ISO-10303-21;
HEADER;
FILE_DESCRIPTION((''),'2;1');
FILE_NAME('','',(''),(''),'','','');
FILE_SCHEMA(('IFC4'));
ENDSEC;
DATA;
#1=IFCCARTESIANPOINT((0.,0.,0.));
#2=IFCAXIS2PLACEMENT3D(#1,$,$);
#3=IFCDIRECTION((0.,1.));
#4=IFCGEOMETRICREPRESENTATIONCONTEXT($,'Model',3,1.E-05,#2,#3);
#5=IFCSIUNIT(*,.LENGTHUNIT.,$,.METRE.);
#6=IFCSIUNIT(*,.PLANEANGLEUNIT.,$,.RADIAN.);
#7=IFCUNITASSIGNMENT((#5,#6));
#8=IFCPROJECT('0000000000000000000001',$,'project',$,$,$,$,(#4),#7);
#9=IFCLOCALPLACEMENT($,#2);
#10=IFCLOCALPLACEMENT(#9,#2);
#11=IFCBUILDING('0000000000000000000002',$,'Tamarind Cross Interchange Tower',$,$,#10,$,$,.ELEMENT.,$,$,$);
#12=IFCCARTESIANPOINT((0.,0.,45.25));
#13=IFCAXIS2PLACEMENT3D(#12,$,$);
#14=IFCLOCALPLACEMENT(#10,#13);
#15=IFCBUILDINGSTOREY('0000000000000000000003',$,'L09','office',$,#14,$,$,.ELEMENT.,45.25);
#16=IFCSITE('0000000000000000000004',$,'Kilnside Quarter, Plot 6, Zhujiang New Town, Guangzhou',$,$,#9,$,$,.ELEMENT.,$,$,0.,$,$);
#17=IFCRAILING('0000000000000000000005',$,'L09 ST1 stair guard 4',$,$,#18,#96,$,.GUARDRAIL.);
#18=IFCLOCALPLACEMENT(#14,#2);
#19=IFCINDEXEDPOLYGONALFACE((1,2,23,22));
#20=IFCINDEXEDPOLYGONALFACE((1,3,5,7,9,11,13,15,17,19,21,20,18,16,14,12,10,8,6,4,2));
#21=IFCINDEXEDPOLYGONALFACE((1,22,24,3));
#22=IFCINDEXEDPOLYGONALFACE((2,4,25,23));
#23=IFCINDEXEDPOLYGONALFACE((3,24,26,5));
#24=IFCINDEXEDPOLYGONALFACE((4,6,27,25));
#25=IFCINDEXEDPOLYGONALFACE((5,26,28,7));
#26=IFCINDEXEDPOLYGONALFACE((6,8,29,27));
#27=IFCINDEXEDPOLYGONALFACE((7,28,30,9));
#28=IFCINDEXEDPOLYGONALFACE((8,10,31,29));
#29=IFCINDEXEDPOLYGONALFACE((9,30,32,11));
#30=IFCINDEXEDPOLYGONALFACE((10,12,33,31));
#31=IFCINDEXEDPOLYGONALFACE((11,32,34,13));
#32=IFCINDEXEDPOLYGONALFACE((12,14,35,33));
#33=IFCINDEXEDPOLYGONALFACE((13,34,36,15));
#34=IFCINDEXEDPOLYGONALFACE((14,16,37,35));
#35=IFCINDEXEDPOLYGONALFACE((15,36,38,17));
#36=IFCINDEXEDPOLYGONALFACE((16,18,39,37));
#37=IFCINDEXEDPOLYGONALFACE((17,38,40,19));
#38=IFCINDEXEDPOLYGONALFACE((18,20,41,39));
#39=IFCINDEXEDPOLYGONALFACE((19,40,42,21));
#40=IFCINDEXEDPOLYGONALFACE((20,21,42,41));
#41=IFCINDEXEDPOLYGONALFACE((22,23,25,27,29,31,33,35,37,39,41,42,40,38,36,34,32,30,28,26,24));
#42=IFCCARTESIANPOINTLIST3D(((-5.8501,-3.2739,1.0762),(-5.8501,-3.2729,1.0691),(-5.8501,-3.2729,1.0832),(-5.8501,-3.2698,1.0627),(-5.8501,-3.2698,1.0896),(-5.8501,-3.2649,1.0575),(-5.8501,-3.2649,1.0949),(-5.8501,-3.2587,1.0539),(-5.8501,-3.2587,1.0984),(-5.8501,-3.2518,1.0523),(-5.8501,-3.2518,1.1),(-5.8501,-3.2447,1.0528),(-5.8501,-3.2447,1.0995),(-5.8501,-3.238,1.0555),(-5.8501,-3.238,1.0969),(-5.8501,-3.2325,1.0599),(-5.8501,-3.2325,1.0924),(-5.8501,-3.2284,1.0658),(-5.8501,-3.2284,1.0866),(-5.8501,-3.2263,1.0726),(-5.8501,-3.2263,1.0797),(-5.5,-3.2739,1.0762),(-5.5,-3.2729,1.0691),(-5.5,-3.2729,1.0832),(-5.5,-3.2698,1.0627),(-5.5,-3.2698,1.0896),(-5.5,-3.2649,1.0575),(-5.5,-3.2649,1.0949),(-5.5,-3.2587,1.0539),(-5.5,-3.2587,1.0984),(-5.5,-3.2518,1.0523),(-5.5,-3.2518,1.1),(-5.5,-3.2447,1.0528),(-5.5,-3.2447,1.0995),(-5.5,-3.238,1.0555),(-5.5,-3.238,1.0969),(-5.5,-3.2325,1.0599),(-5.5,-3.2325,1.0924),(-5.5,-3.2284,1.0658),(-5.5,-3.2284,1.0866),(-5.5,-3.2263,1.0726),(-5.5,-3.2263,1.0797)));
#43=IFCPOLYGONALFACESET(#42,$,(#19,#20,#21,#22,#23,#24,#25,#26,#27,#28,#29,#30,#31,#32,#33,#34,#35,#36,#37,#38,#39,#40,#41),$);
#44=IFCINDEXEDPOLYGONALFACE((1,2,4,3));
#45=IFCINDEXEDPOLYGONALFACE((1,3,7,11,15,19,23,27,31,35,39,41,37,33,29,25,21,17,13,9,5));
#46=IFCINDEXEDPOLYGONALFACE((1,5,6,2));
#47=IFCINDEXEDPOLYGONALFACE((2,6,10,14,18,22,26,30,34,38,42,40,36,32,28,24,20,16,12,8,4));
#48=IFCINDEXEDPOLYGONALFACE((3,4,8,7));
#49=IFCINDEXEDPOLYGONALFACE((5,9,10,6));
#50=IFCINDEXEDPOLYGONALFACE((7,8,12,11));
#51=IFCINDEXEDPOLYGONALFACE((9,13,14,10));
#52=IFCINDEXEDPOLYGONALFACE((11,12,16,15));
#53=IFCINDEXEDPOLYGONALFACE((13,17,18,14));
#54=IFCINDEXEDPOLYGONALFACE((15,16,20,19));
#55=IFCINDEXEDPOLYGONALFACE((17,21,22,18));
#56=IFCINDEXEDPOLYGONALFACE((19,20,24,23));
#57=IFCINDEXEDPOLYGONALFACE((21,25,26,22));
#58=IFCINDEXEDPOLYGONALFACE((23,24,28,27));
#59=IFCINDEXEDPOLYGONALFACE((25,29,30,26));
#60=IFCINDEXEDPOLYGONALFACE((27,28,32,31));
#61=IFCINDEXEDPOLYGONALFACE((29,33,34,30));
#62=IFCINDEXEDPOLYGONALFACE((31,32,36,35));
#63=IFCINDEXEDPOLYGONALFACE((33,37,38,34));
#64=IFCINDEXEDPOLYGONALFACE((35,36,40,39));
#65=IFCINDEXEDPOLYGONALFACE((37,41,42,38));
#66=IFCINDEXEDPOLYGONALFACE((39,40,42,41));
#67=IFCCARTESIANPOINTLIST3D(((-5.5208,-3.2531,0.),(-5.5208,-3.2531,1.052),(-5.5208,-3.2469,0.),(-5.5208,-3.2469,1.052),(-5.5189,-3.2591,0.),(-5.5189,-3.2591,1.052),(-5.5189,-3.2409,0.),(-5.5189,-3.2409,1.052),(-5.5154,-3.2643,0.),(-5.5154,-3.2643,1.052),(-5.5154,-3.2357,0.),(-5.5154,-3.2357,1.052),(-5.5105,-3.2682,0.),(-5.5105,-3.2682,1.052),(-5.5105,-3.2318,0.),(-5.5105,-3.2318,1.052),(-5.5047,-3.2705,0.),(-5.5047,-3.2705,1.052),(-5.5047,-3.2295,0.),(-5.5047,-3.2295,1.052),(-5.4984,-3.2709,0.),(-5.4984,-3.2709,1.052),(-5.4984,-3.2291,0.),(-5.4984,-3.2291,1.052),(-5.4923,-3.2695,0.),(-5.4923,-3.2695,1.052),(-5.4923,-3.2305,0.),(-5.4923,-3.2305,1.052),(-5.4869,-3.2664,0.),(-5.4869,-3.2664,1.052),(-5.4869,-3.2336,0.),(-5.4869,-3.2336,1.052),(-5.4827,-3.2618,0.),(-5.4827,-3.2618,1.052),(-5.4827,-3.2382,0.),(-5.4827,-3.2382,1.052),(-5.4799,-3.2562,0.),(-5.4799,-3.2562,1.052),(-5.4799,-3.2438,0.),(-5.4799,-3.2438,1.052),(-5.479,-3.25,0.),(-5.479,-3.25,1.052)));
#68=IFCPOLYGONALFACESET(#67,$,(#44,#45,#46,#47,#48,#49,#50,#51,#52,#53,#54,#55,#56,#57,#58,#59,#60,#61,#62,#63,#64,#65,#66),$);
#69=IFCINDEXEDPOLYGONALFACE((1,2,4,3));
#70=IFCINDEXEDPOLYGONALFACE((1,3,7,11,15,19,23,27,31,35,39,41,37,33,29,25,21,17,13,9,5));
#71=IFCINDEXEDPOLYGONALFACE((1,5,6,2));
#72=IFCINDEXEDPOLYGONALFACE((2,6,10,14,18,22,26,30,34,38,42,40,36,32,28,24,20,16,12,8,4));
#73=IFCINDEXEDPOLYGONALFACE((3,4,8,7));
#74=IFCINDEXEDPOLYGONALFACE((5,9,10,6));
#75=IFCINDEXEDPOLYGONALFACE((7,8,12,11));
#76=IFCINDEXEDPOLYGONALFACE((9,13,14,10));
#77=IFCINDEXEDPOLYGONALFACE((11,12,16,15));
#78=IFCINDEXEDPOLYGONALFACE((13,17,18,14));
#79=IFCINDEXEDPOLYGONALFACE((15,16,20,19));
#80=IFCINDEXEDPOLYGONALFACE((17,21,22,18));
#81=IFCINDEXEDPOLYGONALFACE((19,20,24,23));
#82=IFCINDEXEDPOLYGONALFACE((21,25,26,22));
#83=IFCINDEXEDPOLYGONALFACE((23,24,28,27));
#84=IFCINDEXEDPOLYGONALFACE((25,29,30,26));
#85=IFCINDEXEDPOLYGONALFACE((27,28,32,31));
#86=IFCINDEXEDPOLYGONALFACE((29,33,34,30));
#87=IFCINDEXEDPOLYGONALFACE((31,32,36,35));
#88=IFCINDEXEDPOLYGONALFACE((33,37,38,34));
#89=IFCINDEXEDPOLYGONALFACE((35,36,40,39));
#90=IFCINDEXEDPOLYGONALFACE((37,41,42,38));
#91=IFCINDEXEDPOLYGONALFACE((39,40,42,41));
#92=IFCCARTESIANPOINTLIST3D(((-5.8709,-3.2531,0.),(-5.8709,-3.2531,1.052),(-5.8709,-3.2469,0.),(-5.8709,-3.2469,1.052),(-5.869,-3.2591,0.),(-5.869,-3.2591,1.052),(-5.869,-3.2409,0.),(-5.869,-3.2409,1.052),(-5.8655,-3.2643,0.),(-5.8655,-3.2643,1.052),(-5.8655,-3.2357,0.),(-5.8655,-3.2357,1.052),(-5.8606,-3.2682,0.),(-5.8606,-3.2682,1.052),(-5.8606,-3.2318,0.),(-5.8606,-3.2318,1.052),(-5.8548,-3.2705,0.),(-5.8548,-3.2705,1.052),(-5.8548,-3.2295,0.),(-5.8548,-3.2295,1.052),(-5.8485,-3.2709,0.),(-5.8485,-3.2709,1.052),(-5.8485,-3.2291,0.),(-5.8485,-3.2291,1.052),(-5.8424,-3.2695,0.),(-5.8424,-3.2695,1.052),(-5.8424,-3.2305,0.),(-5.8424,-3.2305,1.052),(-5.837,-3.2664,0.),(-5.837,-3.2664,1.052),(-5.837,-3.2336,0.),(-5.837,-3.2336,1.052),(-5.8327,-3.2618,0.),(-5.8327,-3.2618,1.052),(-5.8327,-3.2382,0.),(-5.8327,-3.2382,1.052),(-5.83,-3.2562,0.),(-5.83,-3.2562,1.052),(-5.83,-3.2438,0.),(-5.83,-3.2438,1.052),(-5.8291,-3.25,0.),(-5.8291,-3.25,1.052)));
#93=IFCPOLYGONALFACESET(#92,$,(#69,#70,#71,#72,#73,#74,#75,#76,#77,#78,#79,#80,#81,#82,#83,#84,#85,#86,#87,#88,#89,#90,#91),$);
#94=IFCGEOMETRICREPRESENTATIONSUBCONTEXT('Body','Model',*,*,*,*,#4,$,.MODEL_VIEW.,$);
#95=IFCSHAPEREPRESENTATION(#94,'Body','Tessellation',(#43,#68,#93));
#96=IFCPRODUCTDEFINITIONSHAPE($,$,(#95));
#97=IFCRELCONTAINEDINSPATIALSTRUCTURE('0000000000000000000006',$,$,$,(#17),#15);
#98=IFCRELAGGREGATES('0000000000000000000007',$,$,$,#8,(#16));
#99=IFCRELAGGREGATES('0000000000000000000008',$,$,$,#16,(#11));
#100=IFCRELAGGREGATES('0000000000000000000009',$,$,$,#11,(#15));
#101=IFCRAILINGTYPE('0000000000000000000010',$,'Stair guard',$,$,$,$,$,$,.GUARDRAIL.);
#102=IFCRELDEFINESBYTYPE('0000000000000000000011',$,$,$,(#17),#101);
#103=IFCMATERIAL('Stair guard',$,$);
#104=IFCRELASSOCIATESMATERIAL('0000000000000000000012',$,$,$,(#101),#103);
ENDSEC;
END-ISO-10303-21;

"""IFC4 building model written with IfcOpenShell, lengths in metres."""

from ifc_helpers import new_model, si_unit, direction, frame, origin, origin_2d, place, context, subcontext, project, spatial, circle, extrude, material, type_object, element, save


model = new_model("IFC4")

# Units and contexts
model_context = context("Model", 3, precision=1e-05, world=origin(), true_north=direction((0.0, 1.0)))
body_context = subcontext(model_context, "Body", "Model", "MODEL_VIEW")
ifc_project = project(units=[si_unit("LENGTHUNIT", "METRE"), si_unit("PLANEANGLEUNIT", "RADIAN")], contexts=[model_context])

# Site, building, storey
site_placement = place(None, origin())
site = spatial("IfcSite", under=ifc_project, at=site_placement, Name="Kilnside Quarter, Plot 6, Zhujiang New Town, Guangzhou", CompositionType="ELEMENT", RefElevation=0.0)
building_placement = place(site_placement, origin())
building = spatial("IfcBuilding", under=site, at=building_placement, Name="Tamarind Cross Interchange Tower", CompositionType="ELEMENT")
storey_placement = place(building_placement, frame((0.0, 0.0, 45.25)))
storey = spatial("IfcBuildingStorey", under=building, at=storey_placement, Name="L09", Description="office", CompositionType="ELEMENT", Elevation=45.25)

# Railing
ifc_material_1 = material(Name="Stair guard")
railing_type_1 = type_object("IfcRailingType", Name="Stair guard", PredefinedType="GUARDRAIL", material=ifc_material_1)
railing_1_placement = place(storey_placement, frame((-5.5, -3.25, 0.0)))
element("IfcRailing", 1, at=railing_1_placement, inside=storey, type_object=railing_type_1, Name="L09 ST1 stair guard 4", PredefinedType="GUARDRAIL", context=body_context, shape_type="SweptSolid", body=[
    extrude(circle(Radius=0.0239, at=origin_2d()), frame((0.0, 0.0, 1.0762), z_axis=(-1.0, 0.0, 0.0), x_axis=(0.0, -1.0, 0.0)), (0.0, 0.0, 1.0), 0.3501),
    extrude(circle(Radius=0.021, at=origin_2d()), origin(), (0.0, 0.0, 1.0), 1.052),
    extrude(circle(Radius=0.021, at=origin_2d()), frame((-0.3501, 0.0, 0.0)), (0.0, 0.0, 1.0), 1.052),
])

save(model, "model.ifc")
